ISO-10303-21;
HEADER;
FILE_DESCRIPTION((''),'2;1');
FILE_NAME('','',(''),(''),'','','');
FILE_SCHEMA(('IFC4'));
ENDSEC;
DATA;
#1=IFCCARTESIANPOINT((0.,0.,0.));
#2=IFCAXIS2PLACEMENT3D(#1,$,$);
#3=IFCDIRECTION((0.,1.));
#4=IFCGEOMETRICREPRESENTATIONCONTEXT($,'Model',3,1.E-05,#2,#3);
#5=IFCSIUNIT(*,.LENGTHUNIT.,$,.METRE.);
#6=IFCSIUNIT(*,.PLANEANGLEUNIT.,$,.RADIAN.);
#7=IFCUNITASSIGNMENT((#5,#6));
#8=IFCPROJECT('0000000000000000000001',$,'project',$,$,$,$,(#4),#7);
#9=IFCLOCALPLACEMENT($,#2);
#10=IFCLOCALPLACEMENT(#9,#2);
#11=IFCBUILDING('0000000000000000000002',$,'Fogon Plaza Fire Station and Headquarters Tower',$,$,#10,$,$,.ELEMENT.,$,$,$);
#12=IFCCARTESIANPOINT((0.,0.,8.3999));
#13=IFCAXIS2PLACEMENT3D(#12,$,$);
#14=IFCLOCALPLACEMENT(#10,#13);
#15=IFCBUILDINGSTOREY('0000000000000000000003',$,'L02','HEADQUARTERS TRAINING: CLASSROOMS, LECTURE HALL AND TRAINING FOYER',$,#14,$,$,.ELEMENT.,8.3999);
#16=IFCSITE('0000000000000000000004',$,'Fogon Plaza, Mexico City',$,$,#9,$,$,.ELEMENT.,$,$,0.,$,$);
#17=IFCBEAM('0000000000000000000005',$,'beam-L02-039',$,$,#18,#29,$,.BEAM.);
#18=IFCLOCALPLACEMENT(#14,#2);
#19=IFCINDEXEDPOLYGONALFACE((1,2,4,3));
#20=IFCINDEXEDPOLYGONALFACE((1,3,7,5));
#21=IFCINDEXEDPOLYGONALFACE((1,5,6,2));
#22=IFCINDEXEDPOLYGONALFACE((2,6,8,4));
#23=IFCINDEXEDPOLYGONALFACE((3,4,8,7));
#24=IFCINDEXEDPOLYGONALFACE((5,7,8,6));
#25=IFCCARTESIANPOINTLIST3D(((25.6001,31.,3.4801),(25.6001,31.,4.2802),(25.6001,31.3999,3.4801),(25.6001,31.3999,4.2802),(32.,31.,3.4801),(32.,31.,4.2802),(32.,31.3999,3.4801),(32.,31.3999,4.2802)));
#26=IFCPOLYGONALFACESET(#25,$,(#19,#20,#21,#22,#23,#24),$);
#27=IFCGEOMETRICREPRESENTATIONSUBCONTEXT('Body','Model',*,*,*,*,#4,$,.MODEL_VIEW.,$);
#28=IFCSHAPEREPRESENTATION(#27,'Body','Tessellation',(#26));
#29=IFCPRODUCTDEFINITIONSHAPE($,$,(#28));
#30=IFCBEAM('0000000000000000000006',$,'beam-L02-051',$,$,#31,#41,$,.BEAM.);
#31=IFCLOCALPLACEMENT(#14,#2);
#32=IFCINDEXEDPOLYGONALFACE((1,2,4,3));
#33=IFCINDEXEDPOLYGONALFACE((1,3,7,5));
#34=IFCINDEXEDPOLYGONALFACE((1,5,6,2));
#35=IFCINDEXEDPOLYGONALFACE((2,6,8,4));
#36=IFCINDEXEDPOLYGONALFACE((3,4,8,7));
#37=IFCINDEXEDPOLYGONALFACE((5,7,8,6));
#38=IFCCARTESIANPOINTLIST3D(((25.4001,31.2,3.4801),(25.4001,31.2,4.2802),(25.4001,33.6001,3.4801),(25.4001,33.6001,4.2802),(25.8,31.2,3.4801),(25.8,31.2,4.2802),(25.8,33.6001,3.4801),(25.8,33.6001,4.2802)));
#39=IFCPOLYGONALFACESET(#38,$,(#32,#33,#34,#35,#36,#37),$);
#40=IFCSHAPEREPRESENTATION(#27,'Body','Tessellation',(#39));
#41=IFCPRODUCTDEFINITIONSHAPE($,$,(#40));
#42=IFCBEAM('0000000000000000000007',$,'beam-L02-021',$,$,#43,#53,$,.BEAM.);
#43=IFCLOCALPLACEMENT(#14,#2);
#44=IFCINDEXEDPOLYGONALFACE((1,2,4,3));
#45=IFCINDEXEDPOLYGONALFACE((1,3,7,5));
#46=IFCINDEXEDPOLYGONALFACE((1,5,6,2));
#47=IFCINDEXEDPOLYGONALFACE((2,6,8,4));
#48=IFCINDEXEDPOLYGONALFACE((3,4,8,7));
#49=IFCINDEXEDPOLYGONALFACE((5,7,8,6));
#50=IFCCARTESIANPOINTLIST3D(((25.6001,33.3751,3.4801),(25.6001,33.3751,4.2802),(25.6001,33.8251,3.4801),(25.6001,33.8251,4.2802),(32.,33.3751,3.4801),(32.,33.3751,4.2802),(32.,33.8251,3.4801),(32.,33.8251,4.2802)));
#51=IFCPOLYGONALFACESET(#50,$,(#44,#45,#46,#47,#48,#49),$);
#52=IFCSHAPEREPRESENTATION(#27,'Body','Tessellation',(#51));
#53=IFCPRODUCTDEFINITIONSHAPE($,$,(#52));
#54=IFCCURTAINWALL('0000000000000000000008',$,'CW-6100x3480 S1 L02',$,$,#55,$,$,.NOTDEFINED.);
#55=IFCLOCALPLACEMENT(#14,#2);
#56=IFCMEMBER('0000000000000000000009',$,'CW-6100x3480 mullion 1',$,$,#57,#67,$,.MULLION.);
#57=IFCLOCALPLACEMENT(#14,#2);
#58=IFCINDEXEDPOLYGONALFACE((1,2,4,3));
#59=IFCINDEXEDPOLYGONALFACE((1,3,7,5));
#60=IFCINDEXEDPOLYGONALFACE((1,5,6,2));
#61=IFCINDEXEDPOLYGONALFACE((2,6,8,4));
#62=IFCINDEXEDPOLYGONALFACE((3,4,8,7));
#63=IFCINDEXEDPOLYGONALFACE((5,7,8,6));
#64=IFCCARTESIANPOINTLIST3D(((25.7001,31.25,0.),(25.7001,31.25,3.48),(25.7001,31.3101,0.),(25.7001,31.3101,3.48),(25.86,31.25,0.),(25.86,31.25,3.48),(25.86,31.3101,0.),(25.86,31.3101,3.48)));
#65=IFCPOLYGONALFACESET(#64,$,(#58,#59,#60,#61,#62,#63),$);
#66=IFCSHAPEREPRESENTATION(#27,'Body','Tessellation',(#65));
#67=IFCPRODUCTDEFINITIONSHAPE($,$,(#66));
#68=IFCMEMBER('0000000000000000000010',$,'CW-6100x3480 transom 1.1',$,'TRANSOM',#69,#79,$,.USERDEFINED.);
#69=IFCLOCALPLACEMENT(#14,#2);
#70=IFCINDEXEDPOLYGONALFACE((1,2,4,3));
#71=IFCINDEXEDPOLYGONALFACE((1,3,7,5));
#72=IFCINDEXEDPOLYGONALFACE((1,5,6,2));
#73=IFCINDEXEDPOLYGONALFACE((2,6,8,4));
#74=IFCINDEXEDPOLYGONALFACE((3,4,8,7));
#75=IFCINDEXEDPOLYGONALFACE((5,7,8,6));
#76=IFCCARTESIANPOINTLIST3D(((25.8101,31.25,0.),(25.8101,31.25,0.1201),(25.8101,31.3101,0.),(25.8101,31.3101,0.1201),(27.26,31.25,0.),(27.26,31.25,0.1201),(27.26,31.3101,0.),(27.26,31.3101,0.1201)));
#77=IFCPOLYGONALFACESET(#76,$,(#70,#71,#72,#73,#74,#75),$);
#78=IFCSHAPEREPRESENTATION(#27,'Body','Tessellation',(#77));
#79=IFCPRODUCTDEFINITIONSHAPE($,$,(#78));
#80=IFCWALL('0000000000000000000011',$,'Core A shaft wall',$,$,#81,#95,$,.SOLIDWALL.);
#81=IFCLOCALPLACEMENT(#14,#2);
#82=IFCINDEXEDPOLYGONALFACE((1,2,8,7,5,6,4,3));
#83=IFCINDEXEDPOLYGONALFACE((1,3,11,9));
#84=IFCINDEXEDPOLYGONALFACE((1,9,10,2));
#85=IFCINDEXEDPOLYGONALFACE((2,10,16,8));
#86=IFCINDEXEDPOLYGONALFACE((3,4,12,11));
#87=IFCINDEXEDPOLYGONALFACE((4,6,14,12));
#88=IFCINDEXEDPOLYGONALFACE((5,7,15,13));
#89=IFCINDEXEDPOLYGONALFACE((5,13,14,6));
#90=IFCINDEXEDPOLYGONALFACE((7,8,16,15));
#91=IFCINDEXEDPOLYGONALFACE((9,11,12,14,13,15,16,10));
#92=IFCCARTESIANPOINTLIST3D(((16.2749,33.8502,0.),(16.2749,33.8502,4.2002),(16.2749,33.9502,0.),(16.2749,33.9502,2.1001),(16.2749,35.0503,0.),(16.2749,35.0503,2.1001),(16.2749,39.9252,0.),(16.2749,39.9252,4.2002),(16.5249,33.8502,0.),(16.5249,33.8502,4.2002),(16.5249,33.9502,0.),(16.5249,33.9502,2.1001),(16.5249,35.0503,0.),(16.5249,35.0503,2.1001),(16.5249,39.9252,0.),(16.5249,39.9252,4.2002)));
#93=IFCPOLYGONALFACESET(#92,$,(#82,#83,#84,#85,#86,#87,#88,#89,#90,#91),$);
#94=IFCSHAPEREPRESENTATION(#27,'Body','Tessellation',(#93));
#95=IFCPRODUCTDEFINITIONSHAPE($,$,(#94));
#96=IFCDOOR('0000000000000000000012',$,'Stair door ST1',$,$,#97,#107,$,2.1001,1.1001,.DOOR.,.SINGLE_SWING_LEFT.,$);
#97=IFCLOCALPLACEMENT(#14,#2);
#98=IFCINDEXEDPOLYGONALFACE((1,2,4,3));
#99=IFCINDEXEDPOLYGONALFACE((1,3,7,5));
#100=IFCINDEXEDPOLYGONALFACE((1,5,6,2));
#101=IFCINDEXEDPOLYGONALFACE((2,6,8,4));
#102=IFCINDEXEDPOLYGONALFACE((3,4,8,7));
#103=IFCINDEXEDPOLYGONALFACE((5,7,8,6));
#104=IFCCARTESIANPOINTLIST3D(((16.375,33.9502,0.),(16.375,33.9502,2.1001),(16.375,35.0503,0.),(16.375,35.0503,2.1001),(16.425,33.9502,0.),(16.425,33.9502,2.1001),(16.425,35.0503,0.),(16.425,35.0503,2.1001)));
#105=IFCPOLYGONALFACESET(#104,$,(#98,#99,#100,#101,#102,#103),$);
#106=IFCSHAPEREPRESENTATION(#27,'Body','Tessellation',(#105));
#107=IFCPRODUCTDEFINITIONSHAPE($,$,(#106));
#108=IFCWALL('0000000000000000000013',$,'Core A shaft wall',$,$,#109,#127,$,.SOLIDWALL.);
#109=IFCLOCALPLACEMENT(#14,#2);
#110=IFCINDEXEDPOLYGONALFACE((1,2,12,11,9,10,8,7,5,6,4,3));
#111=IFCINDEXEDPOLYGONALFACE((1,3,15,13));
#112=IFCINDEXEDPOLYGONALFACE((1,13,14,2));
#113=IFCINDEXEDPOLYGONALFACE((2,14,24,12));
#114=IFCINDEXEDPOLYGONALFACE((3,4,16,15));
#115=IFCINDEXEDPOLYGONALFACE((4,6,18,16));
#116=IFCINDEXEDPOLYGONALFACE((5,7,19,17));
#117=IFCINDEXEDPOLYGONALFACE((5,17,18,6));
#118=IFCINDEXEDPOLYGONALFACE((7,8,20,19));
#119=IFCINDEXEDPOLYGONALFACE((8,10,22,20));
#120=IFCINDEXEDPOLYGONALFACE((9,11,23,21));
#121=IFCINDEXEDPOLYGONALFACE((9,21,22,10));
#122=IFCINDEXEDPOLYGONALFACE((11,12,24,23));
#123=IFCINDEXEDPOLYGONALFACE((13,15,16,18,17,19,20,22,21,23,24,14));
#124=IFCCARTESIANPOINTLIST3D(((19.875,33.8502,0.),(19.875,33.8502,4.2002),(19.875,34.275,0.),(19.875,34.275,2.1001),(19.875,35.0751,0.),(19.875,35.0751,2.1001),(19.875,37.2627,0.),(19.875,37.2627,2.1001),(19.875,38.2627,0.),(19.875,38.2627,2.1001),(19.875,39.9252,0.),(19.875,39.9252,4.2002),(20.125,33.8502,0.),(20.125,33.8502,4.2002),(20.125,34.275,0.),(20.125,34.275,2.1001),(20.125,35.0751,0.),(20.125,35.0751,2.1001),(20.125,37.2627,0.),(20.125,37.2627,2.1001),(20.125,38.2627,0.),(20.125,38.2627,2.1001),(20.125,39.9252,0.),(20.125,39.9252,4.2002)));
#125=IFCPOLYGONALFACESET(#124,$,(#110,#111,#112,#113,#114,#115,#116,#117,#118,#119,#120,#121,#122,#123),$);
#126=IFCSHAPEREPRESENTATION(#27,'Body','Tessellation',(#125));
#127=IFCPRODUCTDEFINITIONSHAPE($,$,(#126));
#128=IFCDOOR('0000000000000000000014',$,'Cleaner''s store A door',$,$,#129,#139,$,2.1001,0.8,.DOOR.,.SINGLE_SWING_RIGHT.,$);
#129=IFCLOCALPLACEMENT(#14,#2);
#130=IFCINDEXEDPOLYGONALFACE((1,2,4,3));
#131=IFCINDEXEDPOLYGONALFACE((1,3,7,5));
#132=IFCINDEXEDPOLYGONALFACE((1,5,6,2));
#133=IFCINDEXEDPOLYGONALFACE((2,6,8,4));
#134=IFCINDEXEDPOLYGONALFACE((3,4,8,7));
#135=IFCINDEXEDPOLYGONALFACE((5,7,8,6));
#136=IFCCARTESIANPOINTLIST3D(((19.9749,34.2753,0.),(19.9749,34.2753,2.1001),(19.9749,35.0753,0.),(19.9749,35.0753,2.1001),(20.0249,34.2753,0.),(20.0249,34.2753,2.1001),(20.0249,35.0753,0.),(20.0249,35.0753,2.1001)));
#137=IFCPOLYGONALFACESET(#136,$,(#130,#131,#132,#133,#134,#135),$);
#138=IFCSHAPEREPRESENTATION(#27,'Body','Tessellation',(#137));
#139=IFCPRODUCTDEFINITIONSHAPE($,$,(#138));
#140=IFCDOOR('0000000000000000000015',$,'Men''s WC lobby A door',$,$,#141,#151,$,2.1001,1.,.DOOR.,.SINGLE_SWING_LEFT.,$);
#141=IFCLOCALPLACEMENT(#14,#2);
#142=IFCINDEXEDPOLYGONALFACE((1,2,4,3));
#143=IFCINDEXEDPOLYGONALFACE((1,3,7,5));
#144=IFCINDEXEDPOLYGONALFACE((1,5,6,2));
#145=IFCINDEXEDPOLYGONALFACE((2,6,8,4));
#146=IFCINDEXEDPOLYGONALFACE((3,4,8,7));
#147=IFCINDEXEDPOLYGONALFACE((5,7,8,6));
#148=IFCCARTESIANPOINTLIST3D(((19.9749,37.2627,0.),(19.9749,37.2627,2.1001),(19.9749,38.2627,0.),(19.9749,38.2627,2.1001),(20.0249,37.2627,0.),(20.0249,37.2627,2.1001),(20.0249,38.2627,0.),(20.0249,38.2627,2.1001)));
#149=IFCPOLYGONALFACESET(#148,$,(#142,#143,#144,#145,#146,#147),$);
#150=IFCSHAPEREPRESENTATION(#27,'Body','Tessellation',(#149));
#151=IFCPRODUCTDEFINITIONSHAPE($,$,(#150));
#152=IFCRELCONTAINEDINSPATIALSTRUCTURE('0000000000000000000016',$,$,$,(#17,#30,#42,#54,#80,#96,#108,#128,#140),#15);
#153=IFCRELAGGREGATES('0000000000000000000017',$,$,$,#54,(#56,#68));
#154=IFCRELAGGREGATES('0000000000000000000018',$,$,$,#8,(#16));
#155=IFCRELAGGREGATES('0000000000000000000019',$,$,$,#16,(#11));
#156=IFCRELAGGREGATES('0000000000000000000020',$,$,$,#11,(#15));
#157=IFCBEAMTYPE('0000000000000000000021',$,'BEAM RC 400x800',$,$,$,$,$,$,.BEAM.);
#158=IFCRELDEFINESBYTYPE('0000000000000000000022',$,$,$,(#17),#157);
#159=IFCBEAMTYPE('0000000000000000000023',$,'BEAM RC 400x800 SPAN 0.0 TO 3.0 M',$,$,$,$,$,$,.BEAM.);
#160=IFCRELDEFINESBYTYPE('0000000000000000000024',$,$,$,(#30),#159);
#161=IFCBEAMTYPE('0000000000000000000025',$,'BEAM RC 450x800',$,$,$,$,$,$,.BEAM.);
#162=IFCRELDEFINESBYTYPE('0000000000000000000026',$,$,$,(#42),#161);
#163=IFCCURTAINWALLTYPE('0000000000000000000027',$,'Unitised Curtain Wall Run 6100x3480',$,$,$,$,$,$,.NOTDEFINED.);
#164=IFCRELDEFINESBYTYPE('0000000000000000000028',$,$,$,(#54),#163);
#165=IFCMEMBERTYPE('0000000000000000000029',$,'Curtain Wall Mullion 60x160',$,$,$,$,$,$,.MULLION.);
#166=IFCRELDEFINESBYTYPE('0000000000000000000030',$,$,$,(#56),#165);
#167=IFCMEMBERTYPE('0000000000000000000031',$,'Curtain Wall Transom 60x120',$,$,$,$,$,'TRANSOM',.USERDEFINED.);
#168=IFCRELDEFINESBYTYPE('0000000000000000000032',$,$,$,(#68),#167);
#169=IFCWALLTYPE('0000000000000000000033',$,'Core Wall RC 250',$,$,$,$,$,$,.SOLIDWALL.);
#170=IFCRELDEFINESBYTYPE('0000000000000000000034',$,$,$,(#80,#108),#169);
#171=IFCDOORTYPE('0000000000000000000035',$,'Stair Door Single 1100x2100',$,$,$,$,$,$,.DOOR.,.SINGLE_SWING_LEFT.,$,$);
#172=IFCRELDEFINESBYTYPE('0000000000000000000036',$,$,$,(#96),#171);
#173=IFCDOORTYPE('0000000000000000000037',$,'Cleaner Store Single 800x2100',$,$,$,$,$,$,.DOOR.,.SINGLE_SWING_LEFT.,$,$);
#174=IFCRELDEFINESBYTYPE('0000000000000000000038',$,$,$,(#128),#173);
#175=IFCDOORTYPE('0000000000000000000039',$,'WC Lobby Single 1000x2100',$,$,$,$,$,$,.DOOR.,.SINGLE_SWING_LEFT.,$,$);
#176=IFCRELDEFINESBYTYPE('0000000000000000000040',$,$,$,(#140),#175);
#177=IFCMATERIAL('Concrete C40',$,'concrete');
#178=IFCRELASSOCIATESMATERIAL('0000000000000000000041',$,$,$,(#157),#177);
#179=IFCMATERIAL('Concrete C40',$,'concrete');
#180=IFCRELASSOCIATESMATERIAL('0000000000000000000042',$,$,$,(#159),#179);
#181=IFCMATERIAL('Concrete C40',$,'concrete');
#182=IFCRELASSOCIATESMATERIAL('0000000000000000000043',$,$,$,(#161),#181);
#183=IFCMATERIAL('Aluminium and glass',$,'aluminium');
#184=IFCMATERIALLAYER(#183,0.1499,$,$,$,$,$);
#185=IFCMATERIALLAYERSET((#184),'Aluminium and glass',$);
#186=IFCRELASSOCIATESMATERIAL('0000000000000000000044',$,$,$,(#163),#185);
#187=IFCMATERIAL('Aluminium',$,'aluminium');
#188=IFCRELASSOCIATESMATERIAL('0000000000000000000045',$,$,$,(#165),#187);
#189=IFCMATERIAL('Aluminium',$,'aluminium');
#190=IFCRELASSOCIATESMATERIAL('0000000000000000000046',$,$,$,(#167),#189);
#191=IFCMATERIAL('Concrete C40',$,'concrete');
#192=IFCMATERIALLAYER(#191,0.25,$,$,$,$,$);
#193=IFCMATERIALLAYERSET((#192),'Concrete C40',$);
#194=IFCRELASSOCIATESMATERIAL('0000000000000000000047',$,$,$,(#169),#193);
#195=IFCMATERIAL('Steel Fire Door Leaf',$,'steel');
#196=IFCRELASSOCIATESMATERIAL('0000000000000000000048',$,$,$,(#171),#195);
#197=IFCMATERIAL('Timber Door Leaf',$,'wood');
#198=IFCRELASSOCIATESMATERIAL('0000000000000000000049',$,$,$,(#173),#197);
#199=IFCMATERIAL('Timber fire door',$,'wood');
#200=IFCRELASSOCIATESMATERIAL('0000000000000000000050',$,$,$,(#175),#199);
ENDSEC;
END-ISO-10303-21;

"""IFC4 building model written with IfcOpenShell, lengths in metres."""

from ifc_helpers import new_model, si_unit, direction, frame, frame_2d, origin, origin_2d, place, context, subcontext, project, spatial, rectangle, extrude, material, layer, layer_set, material_profile, profile_set, type_object, element, fill, aggregate, save


model = new_model("IFC4")

# Units and contexts
model_context = context("Model", 3, precision=1e-05, world=origin(), true_north=direction((0.0, 1.0)))
body_context = subcontext(model_context, "Body", "Model", "MODEL_VIEW")
ifc_project = project(units=[si_unit("LENGTHUNIT", "METRE"), si_unit("PLANEANGLEUNIT", "RADIAN")], contexts=[model_context])

# Site, building, storey
site_placement = place(None, origin())
site = spatial("IfcSite", under=ifc_project, at=site_placement, Name="Fogon Plaza, Mexico City", CompositionType="ELEMENT", RefElevation=0.0)
building_placement = place(site_placement, origin())
building = spatial("IfcBuilding", under=site, at=building_placement, Name="Fogon Plaza Fire Station and Headquarters Tower", CompositionType="ELEMENT")
storey_placement = place(building_placement, frame((0.0, 0.0, 8.3999)))
storey = spatial("IfcBuildingStorey", under=building, at=storey_placement, Name="L02", Description="HEADQUARTERS TRAINING: CLASSROOMS, LECTURE HALL AND TRAINING FOYER", CompositionType="ELEMENT", Elevation=8.3999)

# Beams
ifc_material_1 = material(Name="Concrete C40", Category="concrete")
ifc_material_profile_1 = material_profile(ifc_material_1, rectangle(XDim=0.3999, YDim=0.8, at=origin_2d()), Name="RC 400x800")
ifc_profile_set_1 = profile_set([ifc_material_profile_1], Name="Concrete C40")
beam_type_1 = type_object("IfcBeamType", Name="BEAM RC 400x800", PredefinedType="BEAM", material=ifc_profile_set_1)
beam_1_placement = place(storey_placement, frame((25.6001, 31.2, 3.8801), z_axis=(1.0, 0.0, 0.0), x_axis=(0.0, 1.0, 0.0)))
element("IfcBeam", 1, at=beam_1_placement, inside=storey, type_object=beam_type_1, Name="beam-L02-039", PredefinedType="BEAM", context=body_context, shape_type="SweptSolid", body=[
    extrude(rectangle(XDim=0.3999, YDim=0.8, at=origin_2d()), origin(), (0.0, 0.0, 1.0), 6.3999),
])
ifc_material_2 = material(Name="Concrete C40", Category="concrete")
ifc_material_profile_2 = material_profile(ifc_material_2, rectangle(XDim=0.3999, YDim=0.8, at=origin_2d()), Name="RC 400x800")
ifc_profile_set_2 = profile_set([ifc_material_profile_2], Name="Concrete C40")
beam_type_2 = type_object("IfcBeamType", Name="BEAM RC 400x800 SPAN 0.0 TO 3.0 M", PredefinedType="BEAM", material=ifc_profile_set_2)
beam_2_placement = place(storey_placement, frame((25.6001, 31.2, 3.8801), z_axis=(0.0, 1.0, 0.0), x_axis=(-1.0, 0.0, 0.0)))
element("IfcBeam", 2, at=beam_2_placement, inside=storey, type_object=beam_type_2, Name="beam-L02-051", PredefinedType="BEAM", context=body_context, shape_type="SweptSolid", body=[
    extrude(rectangle(XDim=0.3999, YDim=0.8, at=origin_2d()), origin(), (0.0, 0.0, 1.0), 2.4001),
])
ifc_material_3 = material(Name="Concrete C40", Category="concrete")
ifc_material_profile_3 = material_profile(ifc_material_3, rectangle(XDim=0.45, YDim=0.8, at=origin_2d()), Name="RC 450x800")
ifc_profile_set_3 = profile_set([ifc_material_profile_3], Name="Concrete C40")
beam_type_3 = type_object("IfcBeamType", Name="BEAM RC 450x800", PredefinedType="BEAM", material=ifc_profile_set_3)
beam_3_placement = place(storey_placement, frame((25.6001, 33.6001, 3.8801), z_axis=(1.0, 0.0, 0.0), x_axis=(0.0, 1.0, 0.0)))
element("IfcBeam", 3, at=beam_3_placement, inside=storey, type_object=beam_type_3, Name="beam-L02-021", PredefinedType="BEAM", context=body_context, shape_type="SweptSolid", body=[
    extrude(rectangle(XDim=0.45, YDim=0.8, at=origin_2d()), origin(), (0.0, 0.0, 1.0), 6.3999),
])

# Curtain wall, members
ifc_material_4 = material(Name="Aluminium and glass", Category="aluminium")
ifc_layer_1 = layer(ifc_material_4, 0.1499)
ifc_layer_set_1 = layer_set([ifc_layer_1], Name="Aluminium and glass")
curtain_wall_type = type_object("IfcCurtainWallType", Name="Unitised Curtain Wall Run 6100x3480", PredefinedType="NOTDEFINED", material=ifc_layer_set_1)
curtain_wall_placement = place(storey_placement, origin())
curtain_wall = element("IfcCurtainWall", 4, at=curtain_wall_placement, inside=storey, type_object=curtain_wall_type, Name="CW-6100x3480 S1 L02", PredefinedType="NOTDEFINED")
ifc_material_5 = material(Name="Aluminium", Category="aluminium")
ifc_material_profile_4 = material_profile(ifc_material_5, rectangle(XDim=0.0601, YDim=0.1599, at=origin_2d()), Name="Curtain Wall Mullion 60x160")
ifc_profile_set_4 = profile_set([ifc_material_profile_4], Name="Aluminium")
member_type_1 = type_object("IfcMemberType", Name="Curtain Wall Mullion 60x160", PredefinedType="MULLION", material=ifc_profile_set_4)
member_1_placement = place(storey_placement, frame((25.78, 31.28, 0.0), z_axis=(0.0, 0.0, 1.0), x_axis=(0.0, 1.0, 0.0)))
member_1 = element("IfcMember", 5, at=member_1_placement, type_object=member_type_1, Name="CW-6100x3480 mullion 1", PredefinedType="MULLION", context=body_context, shape_type="SweptSolid", body=[
    extrude(rectangle(XDim=0.0601, YDim=0.1599, at=origin_2d()), origin(), (0.0, 0.0, 1.0), 3.48),
])
ifc_material_6 = material(Name="Aluminium", Category="aluminium")
ifc_material_profile_5 = material_profile(ifc_material_6, rectangle(XDim=0.0601, YDim=0.1201, at=origin_2d()), Name="Curtain Wall Transom 60x120")
ifc_profile_set_5 = profile_set([ifc_material_profile_5], Name="Aluminium")
member_type_2 = type_object("IfcMemberType", Name="Curtain Wall Transom 60x120", ElementType="TRANSOM", PredefinedType="USERDEFINED", material=ifc_profile_set_5)
member_2_placement = place(storey_placement, frame((25.8101, 31.28, 0.0601), z_axis=(1.0, 0.0, 0.0), x_axis=(0.0, 1.0, 0.0)))
member_2 = element("IfcMember", 6, at=member_2_placement, type_object=member_type_2, Name="CW-6100x3480 transom 1.1", ObjectType="TRANSOM", PredefinedType="USERDEFINED", context=body_context, shape_type="SweptSolid", body=[
    extrude(rectangle(XDim=0.0601, YDim=0.1201, at=origin_2d()), origin(), (0.0, 0.0, 1.0), 1.45),
])
aggregate(curtain_wall, [member_1, member_2])

# Wall, opening, door
ifc_material_7 = material(Name="Concrete C40", Category="concrete")
ifc_layer_2 = layer(ifc_material_7, 0.25)
ifc_layer_set_2 = layer_set([ifc_layer_2], Name="Concrete C40")
wall_type_1 = type_object("IfcWallType", Name="Core Wall RC 250", PredefinedType="SOLIDWALL", material=ifc_layer_set_2)
wall_1_placement = place(storey_placement, frame((16.3999, 33.8501, 0.0), z_axis=(0.0, 0.0, 1.0), x_axis=(0.0, 1.0, 0.0)))
wall_1 = element("IfcWall", 7, at=wall_1_placement, inside=storey, type_object=wall_type_1, Name="Core A shaft wall", PredefinedType="SOLIDWALL", context=body_context, shape_type="SweptSolid", body=[
    extrude(rectangle(XDim=6.075, YDim=0.25, at=frame_2d((3.0376, 0.0))), origin(), (0.0, 0.0, 1.0), 4.2002),
])
opening_1_placement = place(wall_1_placement, frame((0.1001, 0.0, 0.0)))
opening_1 = element("IfcOpeningElement", 8, at=opening_1_placement, cuts=wall_1, PredefinedType="OPENING", context=body_context, shape_type="SweptSolid", body=[
    extrude(rectangle(XDim=1.1001, YDim=2.1001, at=frame_2d((0.55, 1.05))), frame((0.0, 0.135, 0.0), z_axis=(0.0, -1.0, 0.0), x_axis=(1.0, 0.0, 0.0)), (0.0, 0.0, 1.0), 0.27),
])
ifc_material_8 = material(Name="Steel Fire Door Leaf", Category="steel")
door_type_1 = type_object("IfcDoorType", Name="Stair Door Single 1100x2100", OperationType="SINGLE_SWING_LEFT", PredefinedType="DOOR", material=ifc_material_8)
door_1_placement = place(opening_1_placement, origin())
door_1 = element("IfcDoor", 9, at=door_1_placement, inside=storey, type_object=door_type_1, Name="Stair door ST1", OperationType="SINGLE_SWING_LEFT", OverallHeight=2.1001, OverallWidth=1.1001, PredefinedType="DOOR", context=body_context, shape_type="SweptSolid", body=[
    extrude(rectangle(XDim=1.1001, YDim=2.1001, at=frame_2d((0.55, 1.05))), frame((0.0, 0.0249, 0.0), z_axis=(0.0, -1.0, 0.0), x_axis=(1.0, 0.0, 0.0)), (0.0, 0.0, 1.0), 0.05),
])
fill(opening_1, door_1)

# Wall, openings, doors
wall_2_placement = place(storey_placement, frame((20.0, 33.8501, 0.0), z_axis=(0.0, 0.0, 1.0), x_axis=(0.0, 1.0, 0.0)))
wall_2 = element("IfcWall", 10, at=wall_2_placement, inside=storey, type_object=wall_type_1, Name="Core A shaft wall", PredefinedType="SOLIDWALL", context=body_context, shape_type="SweptSolid", body=[
    extrude(rectangle(XDim=6.075, YDim=0.25, at=frame_2d((3.0376, 0.0))), origin(), (0.0, 0.0, 1.0), 4.2002),
])
opening_2_placement = place(wall_2_placement, frame((0.425, 0.0, 0.0)))
opening_2 = element("IfcOpeningElement", 11, at=opening_2_placement, cuts=wall_2, PredefinedType="OPENING", context=body_context, shape_type="SweptSolid", body=[
    extrude(rectangle(XDim=0.8, YDim=2.1001, at=frame_2d((0.3999, 1.05))), frame((0.0, 0.135, 0.0), z_axis=(0.0, -1.0, 0.0), x_axis=(1.0, 0.0, 0.0)), (0.0, 0.0, 1.0), 0.27),
])
opening_3_placement = place(wall_2_placement, frame((3.4126, 0.0, 0.0)))
opening_3 = element("IfcOpeningElement", 12, at=opening_3_placement, cuts=wall_2, PredefinedType="OPENING", context=body_context, shape_type="SweptSolid", body=[
    extrude(rectangle(XDim=1.0, YDim=2.1001, at=frame_2d((0.5, 1.05))), frame((0.0, 0.135, 0.0), z_axis=(0.0, -1.0, 0.0), x_axis=(1.0, 0.0, 0.0)), (0.0, 0.0, 1.0), 0.27),
])
ifc_material_9 = material(Name="Timber Door Leaf", Category="wood")
door_type_2 = type_object("IfcDoorType", Name="Cleaner Store Single 800x2100", OperationType="SINGLE_SWING_LEFT", PredefinedType="DOOR", material=ifc_material_9)
door_2_placement = place(opening_2_placement, frame((0.8, 0.0, 0.0), z_axis=(0.0, 0.0, 1.0), x_axis=(-1.0, 0.0, 0.0)))
door_2 = element("IfcDoor", 13, at=door_2_placement, inside=storey, type_object=door_type_2, Name="Cleaner's store A door", OperationType="SINGLE_SWING_RIGHT", OverallHeight=2.1001, OverallWidth=0.8, PredefinedType="DOOR", context=body_context, shape_type="SweptSolid", body=[
    extrude(rectangle(XDim=0.8, YDim=2.1001, at=frame_2d((0.3999, 1.05))), frame((0.0, 0.0249, 0.0), z_axis=(0.0, -1.0, 0.0), x_axis=(1.0, 0.0, 0.0)), (0.0, 0.0, 1.0), 0.05),
])
fill(opening_2, door_2)
ifc_material_10 = material(Name="Timber fire door", Category="wood")
door_type_3 = type_object("IfcDoorType", Name="WC Lobby Single 1000x2100", OperationType="SINGLE_SWING_LEFT", PredefinedType="DOOR", material=ifc_material_10)
door_3_placement = place(opening_3_placement, frame((1.0, 0.0, 0.0), z_axis=(0.0, 0.0, 1.0), x_axis=(-1.0, 0.0, 0.0)))
door_3 = element("IfcDoor", 14, at=door_3_placement, inside=storey, type_object=door_type_3, Name="Men's WC lobby A door", OperationType="SINGLE_SWING_LEFT", OverallHeight=2.1001, OverallWidth=1.0, PredefinedType="DOOR", context=body_context, shape_type="SweptSolid", body=[
    extrude(rectangle(XDim=1.0, YDim=2.1001, at=frame_2d((0.5, 1.05))), frame((0.0, 0.0249, 0.0), z_axis=(0.0, -1.0, 0.0), x_axis=(1.0, 0.0, 0.0)), (0.0, 0.0, 1.0), 0.05),
])
fill(opening_3, door_3)

save(model, "model.ifc")
